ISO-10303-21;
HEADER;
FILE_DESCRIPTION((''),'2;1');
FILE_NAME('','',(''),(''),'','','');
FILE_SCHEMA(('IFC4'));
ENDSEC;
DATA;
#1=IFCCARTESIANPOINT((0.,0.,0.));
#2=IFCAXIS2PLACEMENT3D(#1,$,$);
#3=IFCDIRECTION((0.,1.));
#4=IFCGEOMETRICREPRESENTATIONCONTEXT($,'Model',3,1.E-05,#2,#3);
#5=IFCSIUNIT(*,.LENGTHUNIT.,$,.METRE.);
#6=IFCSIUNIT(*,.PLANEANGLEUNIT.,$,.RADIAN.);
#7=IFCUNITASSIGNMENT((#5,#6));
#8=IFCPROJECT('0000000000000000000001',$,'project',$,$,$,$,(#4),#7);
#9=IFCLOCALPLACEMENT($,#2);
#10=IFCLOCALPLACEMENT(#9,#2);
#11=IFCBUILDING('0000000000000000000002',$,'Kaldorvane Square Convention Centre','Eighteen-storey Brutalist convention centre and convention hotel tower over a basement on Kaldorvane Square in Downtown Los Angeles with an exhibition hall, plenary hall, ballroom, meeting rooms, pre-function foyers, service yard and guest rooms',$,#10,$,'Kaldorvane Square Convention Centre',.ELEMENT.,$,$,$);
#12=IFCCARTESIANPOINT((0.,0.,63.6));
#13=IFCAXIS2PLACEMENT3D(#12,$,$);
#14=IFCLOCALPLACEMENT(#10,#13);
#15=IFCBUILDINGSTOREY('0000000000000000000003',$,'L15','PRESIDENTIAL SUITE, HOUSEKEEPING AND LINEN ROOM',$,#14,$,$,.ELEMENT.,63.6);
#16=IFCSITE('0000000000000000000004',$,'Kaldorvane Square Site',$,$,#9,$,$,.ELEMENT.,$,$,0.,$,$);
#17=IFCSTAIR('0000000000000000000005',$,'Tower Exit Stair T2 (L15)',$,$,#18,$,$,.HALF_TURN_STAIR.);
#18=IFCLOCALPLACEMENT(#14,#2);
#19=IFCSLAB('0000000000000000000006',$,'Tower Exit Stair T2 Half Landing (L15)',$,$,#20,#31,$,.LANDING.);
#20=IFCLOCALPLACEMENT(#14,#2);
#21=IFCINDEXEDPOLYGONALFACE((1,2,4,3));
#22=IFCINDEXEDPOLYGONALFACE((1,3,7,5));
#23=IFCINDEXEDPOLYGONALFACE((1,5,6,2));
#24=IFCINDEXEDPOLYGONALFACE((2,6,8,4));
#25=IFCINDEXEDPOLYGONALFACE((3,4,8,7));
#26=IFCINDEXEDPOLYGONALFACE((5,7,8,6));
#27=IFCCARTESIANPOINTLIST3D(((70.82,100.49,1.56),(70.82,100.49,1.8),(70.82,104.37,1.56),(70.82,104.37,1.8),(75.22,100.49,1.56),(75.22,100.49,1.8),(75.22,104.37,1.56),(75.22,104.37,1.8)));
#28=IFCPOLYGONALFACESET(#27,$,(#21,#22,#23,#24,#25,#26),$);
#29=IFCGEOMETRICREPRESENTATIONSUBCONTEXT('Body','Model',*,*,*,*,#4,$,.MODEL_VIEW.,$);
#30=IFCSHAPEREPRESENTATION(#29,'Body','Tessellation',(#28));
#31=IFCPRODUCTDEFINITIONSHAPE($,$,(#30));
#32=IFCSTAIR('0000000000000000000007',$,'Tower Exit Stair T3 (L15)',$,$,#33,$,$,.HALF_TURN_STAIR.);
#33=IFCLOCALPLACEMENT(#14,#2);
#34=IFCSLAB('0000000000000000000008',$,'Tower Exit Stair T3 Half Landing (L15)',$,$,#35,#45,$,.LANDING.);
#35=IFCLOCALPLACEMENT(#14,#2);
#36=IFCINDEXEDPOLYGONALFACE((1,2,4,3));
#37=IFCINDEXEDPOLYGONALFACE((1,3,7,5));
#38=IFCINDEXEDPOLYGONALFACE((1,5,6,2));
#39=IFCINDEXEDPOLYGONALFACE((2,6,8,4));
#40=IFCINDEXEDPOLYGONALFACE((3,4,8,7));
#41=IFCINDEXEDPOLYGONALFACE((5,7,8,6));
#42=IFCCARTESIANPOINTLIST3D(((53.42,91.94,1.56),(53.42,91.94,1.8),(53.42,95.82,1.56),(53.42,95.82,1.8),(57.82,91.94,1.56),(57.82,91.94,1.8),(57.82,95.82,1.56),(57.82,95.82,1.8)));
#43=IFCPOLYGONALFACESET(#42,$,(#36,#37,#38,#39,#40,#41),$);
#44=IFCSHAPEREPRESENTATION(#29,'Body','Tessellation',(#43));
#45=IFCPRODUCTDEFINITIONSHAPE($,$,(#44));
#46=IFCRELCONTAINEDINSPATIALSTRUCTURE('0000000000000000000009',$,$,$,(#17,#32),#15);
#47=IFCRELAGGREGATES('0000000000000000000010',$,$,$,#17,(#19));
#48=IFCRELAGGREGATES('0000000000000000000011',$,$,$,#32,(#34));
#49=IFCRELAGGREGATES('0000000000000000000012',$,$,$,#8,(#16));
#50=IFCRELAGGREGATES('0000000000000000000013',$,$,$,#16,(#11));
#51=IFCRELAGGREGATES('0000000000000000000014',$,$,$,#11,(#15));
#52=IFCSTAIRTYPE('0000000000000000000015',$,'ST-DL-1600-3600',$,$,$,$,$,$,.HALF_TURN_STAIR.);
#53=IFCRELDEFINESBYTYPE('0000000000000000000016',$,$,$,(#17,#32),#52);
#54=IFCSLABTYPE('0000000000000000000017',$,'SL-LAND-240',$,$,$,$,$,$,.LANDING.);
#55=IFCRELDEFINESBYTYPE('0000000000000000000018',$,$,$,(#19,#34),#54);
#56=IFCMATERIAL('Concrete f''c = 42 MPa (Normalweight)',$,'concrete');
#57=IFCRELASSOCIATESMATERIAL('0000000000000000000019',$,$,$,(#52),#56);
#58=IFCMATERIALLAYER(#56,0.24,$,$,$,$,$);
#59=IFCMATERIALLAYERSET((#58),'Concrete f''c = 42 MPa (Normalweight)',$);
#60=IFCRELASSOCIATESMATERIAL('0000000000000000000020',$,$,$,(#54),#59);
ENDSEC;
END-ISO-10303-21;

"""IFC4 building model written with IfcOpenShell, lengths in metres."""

from ifc_helpers import new_model, si_unit, direction, frame, origin, place, context, subcontext, project, spatial, polyline, outline, extrude, material, layer, layer_set, type_object, element, aggregate, save


model = new_model("IFC4")

# Units and contexts
model_context = context("Model", 3, precision=1e-05, world=origin(), true_north=direction((0.0, 1.0)))
body_context = subcontext(model_context, "Body", "Model", "MODEL_VIEW")
ifc_project = project(units=[si_unit("LENGTHUNIT", "METRE"), si_unit("PLANEANGLEUNIT", "RADIAN")], contexts=[model_context])

# Site, building, storey
site_placement = place(None, origin())
site = spatial("IfcSite", under=ifc_project, at=site_placement, Name="Kaldorvane Square Site", CompositionType="ELEMENT", RefElevation=0.0)
building_placement = place(site_placement, origin())
building = spatial("IfcBuilding", under=site, at=building_placement, Name="Kaldorvane Square Convention Centre", Description="Eighteen-storey Brutalist convention centre and convention hotel tower over a basement on Kaldorvane Square in Downtown Los Angeles with an exhibition hall, plenary hall, ballroom, meeting rooms, pre-function foyers, service yard and guest rooms", LongName="Kaldorvane Square Convention Centre", CompositionType="ELEMENT")
storey_placement = place(building_placement, frame((0.0, 0.0, 63.6)))
storey = spatial("IfcBuildingStorey", under=building, at=storey_placement, Name="L15", Description="PRESIDENTIAL SUITE, HOUSEKEEPING AND LINEN ROOM", CompositionType="ELEMENT", Elevation=63.6)

# Shared definitions
ifc_material = material(Name="Concrete f'c = 42 MPa (Normalweight)", Category="concrete")

# Stairs, slabs
stair_type = type_object("IfcStairType", Name="ST-DL-1600-3600", PredefinedType="HALF_TURN_STAIR", material=ifc_material)
ifc_layer_1 = layer(ifc_material, 0.24)
ifc_layer_set_1 = layer_set([ifc_layer_1], Name="Concrete f'c = 42 MPa (Normalweight)")
slab_type_1 = type_object("IfcSlabType", Name="SL-LAND-240", PredefinedType="LANDING", material=ifc_layer_set_1)
stair_1_placement = place(storey_placement, origin())
stair_1 = element("IfcStair", 1, at=stair_1_placement, inside=storey, type_object=stair_type, Name="Tower Exit Stair T2 (L15)", PredefinedType="HALF_TURN_STAIR")
slab_1_placement = place(storey_placement, frame((0.0, 0.0, 1.56)))
slab_1 = element("IfcSlab", 2, at=slab_1_placement, type_object=slab_type_1, Name="Tower Exit Stair T2 Half Landing (L15)", PredefinedType="LANDING", context=body_context, shape_type="SweptSolid", body=[
    extrude(outline(polyline([(70.82, 100.49), (75.22, 100.49), (75.22, 104.37), (70.82, 104.37), (70.82, 100.49)])), origin(), (0.0, 0.0, 1.0), 0.24),
])
aggregate(stair_1, [slab_1])
stair_2_placement = place(storey_placement, origin())
stair_2 = element("IfcStair", 3, at=stair_2_placement, inside=storey, type_object=stair_type, Name="Tower Exit Stair T3 (L15)", PredefinedType="HALF_TURN_STAIR")
slab_2_placement = place(storey_placement, frame((0.0, 0.0, 1.56)))
slab_2 = element("IfcSlab", 4, at=slab_2_placement, type_object=slab_type_1, Name="Tower Exit Stair T3 Half Landing (L15)", PredefinedType="LANDING", context=body_context, shape_type="SweptSolid", body=[
    extrude(outline(polyline([(53.42, 91.94), (57.82, 91.94), (57.82, 95.82), (53.42, 95.82), (53.42, 91.94)])), origin(), (0.0, 0.0, 1.0), 0.24),
])
aggregate(stair_2, [slab_2])

save(model, "model.ifc")
